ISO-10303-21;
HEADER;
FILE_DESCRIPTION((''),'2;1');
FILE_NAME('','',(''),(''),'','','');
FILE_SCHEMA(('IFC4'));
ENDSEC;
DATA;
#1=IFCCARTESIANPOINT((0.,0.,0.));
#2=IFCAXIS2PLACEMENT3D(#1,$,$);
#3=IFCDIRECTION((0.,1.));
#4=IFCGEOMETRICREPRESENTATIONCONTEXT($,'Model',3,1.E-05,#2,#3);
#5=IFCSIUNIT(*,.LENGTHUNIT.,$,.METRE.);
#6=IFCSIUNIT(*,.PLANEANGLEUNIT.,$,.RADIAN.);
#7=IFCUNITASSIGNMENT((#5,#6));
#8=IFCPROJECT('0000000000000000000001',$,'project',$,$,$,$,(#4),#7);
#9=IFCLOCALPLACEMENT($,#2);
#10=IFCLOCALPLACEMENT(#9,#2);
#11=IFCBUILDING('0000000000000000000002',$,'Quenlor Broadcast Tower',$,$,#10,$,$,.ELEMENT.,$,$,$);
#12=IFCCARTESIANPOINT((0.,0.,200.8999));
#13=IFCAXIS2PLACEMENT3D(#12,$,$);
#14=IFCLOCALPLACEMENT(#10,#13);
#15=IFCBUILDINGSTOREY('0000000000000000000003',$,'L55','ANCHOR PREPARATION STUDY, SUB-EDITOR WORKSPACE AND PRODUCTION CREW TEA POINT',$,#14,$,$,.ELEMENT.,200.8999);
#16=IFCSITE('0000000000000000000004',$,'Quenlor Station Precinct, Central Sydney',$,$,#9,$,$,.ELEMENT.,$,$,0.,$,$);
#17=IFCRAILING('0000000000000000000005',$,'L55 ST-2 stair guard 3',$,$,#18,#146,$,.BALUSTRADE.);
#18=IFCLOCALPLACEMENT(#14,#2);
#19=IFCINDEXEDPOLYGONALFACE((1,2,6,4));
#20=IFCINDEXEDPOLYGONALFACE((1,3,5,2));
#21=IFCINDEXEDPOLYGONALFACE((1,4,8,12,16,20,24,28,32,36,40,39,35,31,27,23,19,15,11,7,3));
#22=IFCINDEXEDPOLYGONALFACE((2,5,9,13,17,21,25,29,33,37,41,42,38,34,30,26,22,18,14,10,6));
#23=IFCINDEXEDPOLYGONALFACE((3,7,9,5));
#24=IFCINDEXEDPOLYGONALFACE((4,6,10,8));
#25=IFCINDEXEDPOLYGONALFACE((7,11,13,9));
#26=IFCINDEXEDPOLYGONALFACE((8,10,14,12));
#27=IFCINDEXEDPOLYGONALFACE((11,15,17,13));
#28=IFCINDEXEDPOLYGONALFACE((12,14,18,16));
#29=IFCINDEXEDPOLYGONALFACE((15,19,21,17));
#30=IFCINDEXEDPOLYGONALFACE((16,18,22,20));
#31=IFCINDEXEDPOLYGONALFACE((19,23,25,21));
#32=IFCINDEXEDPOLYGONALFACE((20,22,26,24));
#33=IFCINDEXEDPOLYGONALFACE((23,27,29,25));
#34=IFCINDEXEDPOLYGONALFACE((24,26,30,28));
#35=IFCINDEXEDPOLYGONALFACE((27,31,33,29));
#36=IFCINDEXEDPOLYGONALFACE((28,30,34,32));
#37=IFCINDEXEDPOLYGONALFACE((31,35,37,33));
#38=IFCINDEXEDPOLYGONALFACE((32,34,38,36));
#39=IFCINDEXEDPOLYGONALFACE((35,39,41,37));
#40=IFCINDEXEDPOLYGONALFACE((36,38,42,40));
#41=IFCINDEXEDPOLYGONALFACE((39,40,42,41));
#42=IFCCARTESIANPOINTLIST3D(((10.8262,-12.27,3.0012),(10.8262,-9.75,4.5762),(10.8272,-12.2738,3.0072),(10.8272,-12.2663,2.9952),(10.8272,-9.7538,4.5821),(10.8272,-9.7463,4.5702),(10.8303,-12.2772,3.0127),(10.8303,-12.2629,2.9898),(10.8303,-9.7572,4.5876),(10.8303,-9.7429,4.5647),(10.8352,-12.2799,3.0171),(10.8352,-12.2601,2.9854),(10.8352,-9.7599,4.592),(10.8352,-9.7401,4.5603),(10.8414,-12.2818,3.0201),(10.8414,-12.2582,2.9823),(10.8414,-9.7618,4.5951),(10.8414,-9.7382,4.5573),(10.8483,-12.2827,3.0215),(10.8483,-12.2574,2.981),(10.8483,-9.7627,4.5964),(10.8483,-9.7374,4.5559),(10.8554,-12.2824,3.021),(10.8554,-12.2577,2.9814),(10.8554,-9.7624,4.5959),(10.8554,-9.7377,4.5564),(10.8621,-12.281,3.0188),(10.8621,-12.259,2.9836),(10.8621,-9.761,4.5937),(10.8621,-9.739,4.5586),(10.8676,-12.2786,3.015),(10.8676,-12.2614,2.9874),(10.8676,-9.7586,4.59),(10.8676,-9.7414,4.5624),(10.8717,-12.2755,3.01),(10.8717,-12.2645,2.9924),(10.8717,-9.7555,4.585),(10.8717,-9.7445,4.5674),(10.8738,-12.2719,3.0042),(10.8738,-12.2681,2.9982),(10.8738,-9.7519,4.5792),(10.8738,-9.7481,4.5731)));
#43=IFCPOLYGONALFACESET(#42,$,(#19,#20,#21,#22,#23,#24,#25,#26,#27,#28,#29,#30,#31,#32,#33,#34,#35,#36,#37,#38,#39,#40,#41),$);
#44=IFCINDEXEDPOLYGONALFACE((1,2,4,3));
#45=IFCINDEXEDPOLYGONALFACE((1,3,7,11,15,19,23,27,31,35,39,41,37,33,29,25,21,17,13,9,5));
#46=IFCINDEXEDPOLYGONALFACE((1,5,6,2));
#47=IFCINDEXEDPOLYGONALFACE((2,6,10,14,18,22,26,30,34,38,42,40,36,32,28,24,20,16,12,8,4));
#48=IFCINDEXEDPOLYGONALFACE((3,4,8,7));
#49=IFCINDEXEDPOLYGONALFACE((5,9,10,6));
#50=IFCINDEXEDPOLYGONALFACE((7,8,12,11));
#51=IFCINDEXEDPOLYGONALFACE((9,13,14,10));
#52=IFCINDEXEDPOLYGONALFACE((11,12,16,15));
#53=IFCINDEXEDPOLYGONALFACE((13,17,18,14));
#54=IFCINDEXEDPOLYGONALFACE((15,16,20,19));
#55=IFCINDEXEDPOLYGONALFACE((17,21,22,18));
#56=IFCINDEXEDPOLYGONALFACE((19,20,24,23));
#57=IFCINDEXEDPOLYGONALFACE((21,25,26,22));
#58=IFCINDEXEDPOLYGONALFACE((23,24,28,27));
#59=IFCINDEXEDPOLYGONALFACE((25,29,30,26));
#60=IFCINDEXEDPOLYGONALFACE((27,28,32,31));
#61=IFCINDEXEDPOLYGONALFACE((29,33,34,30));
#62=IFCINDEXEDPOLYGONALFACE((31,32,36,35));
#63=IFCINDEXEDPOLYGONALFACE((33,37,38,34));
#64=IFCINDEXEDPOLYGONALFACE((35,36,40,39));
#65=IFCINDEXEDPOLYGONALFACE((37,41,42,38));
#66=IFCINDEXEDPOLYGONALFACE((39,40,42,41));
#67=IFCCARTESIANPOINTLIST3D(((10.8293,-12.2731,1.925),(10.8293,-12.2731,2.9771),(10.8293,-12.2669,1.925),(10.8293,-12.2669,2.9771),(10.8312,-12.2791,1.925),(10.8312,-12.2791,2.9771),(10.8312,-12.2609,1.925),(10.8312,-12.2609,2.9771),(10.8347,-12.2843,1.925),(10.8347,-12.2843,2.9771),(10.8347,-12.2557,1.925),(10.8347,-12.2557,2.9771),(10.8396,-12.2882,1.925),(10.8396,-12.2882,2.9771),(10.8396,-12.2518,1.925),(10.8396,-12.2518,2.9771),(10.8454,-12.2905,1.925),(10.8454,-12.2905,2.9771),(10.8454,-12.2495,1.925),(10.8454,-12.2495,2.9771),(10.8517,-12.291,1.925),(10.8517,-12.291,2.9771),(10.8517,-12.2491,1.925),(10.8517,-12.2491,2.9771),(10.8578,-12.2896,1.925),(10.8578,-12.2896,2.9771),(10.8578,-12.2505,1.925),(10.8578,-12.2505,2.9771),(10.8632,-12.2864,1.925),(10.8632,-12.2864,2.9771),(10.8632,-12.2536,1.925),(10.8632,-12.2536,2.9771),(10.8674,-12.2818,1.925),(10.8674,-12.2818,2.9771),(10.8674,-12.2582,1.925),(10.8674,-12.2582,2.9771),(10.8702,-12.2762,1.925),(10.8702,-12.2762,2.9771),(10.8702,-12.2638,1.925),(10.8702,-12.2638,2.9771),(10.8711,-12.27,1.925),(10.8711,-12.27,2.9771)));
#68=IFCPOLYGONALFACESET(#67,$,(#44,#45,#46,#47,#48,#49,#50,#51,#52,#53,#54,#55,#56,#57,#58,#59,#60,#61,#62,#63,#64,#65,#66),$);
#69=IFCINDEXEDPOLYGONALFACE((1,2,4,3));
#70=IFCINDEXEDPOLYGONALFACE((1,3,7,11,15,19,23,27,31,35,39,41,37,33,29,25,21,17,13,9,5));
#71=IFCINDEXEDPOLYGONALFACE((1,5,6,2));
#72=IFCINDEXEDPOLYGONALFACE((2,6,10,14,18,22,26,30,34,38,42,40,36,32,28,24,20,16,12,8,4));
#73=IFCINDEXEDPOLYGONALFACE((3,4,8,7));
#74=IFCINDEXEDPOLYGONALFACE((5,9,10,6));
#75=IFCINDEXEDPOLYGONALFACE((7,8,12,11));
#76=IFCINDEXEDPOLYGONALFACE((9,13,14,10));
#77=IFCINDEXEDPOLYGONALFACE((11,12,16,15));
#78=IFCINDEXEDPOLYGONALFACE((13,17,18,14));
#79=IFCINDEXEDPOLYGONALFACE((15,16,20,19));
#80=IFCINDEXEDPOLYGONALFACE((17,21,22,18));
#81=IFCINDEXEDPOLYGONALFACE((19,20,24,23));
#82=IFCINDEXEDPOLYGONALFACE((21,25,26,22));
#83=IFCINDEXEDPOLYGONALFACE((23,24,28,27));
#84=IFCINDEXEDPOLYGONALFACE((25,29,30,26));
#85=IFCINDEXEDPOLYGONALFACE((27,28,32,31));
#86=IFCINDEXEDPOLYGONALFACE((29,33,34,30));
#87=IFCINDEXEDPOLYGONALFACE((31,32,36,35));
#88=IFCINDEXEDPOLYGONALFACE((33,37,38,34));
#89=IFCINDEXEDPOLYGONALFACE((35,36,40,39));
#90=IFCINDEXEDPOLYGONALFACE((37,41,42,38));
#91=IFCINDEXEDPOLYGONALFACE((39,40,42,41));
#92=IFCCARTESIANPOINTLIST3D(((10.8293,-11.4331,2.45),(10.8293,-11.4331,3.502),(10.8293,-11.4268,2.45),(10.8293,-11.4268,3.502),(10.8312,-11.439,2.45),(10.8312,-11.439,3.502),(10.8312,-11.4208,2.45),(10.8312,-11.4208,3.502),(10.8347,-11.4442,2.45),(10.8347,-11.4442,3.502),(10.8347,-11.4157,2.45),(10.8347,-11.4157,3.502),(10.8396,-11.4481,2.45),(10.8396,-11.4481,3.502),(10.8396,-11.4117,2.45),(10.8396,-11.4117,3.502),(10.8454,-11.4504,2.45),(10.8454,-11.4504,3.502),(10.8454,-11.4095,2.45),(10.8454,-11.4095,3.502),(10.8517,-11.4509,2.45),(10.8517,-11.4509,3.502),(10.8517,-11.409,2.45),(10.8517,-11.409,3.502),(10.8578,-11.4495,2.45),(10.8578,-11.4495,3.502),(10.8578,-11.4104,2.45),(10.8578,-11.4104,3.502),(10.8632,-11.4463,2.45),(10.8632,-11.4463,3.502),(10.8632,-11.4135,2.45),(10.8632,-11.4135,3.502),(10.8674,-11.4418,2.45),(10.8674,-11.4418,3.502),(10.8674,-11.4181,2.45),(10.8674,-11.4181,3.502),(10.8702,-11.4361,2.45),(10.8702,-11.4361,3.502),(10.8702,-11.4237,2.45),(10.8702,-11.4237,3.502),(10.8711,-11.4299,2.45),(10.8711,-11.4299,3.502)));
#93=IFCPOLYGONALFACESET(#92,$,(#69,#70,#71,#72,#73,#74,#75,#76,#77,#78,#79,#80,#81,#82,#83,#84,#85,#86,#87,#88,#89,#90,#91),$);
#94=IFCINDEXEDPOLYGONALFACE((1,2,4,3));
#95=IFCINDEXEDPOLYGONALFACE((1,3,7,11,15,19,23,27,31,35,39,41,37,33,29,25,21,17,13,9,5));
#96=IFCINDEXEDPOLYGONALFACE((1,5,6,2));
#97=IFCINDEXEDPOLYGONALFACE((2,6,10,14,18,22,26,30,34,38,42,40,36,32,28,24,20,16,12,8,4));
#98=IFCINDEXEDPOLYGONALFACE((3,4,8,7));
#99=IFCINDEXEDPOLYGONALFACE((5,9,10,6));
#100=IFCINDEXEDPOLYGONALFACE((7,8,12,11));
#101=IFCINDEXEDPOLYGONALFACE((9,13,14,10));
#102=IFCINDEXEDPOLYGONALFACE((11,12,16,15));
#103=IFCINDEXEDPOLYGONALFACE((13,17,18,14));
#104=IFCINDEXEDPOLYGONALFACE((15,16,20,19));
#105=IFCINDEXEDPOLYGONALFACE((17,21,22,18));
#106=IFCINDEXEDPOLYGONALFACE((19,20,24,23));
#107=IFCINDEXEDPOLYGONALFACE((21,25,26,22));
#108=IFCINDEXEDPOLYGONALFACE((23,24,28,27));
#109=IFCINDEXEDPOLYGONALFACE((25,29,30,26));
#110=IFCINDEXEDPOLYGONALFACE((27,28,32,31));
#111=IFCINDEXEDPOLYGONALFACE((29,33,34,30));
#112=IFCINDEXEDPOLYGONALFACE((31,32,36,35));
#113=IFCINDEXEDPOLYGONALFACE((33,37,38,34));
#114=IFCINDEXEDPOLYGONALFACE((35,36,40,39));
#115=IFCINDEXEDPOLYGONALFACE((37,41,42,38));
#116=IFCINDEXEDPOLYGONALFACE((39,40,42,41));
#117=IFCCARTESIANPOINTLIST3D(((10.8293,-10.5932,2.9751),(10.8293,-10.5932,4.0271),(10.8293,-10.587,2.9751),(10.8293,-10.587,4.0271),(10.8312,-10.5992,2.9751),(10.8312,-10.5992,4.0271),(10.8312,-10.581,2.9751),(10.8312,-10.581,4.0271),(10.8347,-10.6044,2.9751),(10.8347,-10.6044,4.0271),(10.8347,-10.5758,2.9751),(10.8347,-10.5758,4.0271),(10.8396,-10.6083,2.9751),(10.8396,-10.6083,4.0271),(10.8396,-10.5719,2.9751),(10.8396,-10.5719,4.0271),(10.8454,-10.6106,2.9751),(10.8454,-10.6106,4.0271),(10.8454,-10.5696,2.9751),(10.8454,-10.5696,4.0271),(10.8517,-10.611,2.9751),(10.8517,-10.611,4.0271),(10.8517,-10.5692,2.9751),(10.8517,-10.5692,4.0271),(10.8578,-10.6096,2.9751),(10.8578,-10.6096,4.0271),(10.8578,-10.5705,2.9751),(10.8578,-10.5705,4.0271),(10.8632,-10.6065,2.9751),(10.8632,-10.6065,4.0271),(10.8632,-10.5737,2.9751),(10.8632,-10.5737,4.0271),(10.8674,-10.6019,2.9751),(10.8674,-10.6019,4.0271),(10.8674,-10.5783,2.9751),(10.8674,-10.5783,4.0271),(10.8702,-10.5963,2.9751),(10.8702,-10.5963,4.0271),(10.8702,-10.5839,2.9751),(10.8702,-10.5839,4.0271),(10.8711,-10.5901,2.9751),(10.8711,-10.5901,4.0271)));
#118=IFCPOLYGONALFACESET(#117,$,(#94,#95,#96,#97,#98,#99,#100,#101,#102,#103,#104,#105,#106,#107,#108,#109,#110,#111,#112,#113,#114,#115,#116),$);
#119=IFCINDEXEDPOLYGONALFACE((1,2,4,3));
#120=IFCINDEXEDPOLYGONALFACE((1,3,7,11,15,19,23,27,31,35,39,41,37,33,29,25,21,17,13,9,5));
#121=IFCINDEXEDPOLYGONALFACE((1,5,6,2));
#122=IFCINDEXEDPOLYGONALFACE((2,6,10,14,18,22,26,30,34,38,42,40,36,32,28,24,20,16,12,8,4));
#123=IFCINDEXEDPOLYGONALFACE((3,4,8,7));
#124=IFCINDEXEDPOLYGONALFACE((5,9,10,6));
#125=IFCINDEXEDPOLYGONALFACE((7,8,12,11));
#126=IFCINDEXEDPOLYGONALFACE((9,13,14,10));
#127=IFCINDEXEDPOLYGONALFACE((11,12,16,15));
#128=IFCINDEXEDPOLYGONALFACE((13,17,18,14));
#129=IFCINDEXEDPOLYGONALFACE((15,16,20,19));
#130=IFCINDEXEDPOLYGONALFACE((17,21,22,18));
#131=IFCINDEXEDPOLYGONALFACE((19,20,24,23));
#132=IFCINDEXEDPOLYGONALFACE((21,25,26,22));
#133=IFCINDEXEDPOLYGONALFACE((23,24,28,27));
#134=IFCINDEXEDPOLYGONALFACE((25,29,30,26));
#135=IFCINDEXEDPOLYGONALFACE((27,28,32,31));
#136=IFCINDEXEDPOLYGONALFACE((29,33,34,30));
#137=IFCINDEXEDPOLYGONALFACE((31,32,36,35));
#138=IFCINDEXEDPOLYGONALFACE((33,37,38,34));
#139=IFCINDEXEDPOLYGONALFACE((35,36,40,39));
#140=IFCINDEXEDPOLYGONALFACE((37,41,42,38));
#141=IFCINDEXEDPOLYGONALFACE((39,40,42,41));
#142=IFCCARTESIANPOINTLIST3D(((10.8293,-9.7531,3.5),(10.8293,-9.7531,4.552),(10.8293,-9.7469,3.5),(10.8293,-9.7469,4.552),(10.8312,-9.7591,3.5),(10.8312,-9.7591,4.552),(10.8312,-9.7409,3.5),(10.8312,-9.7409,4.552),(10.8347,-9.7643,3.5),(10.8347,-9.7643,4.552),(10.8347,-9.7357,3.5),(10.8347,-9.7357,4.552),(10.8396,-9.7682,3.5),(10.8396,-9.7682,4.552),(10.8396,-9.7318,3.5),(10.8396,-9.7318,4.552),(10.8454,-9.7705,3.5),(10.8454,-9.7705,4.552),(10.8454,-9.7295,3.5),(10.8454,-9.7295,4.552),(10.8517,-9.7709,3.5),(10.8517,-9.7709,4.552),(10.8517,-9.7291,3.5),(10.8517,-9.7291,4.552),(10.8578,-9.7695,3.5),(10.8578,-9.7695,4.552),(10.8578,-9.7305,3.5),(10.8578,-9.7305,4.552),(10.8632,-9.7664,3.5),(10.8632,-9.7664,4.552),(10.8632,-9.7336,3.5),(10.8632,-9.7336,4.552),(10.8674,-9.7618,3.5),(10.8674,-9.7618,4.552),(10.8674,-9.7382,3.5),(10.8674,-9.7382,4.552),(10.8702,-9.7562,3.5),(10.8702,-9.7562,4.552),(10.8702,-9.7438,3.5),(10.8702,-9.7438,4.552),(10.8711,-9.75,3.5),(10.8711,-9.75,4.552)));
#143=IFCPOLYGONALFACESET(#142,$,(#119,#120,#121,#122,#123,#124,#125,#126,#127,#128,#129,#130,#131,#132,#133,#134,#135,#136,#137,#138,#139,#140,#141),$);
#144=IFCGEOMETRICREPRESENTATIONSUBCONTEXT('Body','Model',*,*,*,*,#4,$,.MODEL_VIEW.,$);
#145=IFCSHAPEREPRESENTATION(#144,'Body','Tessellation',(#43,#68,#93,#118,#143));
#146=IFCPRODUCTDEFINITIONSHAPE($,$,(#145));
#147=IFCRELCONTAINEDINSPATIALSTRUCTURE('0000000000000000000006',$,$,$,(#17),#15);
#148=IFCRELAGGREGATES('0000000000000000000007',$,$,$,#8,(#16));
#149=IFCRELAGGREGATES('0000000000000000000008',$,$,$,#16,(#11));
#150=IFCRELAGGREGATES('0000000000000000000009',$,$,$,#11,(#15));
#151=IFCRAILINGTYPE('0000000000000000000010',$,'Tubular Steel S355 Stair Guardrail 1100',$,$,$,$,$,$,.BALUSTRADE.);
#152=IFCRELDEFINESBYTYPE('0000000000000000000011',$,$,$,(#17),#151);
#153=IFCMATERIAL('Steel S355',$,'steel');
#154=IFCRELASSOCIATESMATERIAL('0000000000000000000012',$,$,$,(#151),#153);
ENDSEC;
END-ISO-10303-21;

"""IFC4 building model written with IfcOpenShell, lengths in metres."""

from ifc_helpers import new_model, si_unit, direction, frame, origin, origin_2d, place, context, subcontext, project, spatial, circle, extrude, material, type_object, element, save


model = new_model("IFC4")

# Units and contexts
model_context = context("Model", 3, precision=1e-05, world=origin(), true_north=direction((0.0, 1.0)))
body_context = subcontext(model_context, "Body", "Model", "MODEL_VIEW")
ifc_project = project(units=[si_unit("LENGTHUNIT", "METRE"), si_unit("PLANEANGLEUNIT", "RADIAN")], contexts=[model_context])

# Site, building, storey
site_placement = place(None, origin())
site = spatial("IfcSite", under=ifc_project, at=site_placement, Name="Quenlor Station Precinct, Central Sydney", CompositionType="ELEMENT", RefElevation=0.0)
building_placement = place(site_placement, origin())
building = spatial("IfcBuilding", under=site, at=building_placement, Name="Quenlor Broadcast Tower", CompositionType="ELEMENT")
storey_placement = place(building_placement, frame((0.0, 0.0, 200.8999)))
storey = spatial("IfcBuildingStorey", under=building, at=storey_placement, Name="L55", Description="ANCHOR PREPARATION STUDY, SUB-EDITOR WORKSPACE AND PRODUCTION CREW TEA POINT", CompositionType="ELEMENT", Elevation=200.8999)

# Railing
ifc_material_1 = material(Name="Steel S355", Category="steel")
railing_type_1 = type_object("IfcRailingType", Name="Tubular Steel S355 Stair Guardrail 1100", PredefinedType="BALUSTRADE", material=ifc_material_1)
railing_1_placement = place(storey_placement, frame((10.8501, -12.27, 1.925)))
element("IfcRailing", 1, at=railing_1_placement, inside=storey, type_object=railing_type_1, Name="L55 ST-2 stair guard 3", PredefinedType="BALUSTRADE", context=body_context, shape_type="SweptSolid", body=[
    extrude(circle(Radius=0.0239, at=origin_2d()), frame((0.0, 0.0, 1.0762), z_axis=(0.0, 0.848008, 0.529984), x_axis=(-1.0, 0.0, 0.0)), (0.0, 0.0, 1.0), 2.9717),
    extrude(circle(Radius=0.021, at=origin_2d()), origin(), (0.0, 0.0, 1.0), 1.052),
    extrude(circle(Radius=0.021, at=origin_2d()), frame((0.0, 0.8401, 0.5249)), (0.0, 0.0, 1.0), 1.052),
    extrude(circle(Radius=0.021, at=origin_2d()), frame((0.0, 1.6799, 1.05)), (0.0, 0.0, 1.0), 1.052),
    extrude(circle(Radius=0.021, at=origin_2d()), frame((0.0, 2.52, 1.575)), (0.0, 0.0, 1.0), 1.052),
])

save(model, "model.ifc")
